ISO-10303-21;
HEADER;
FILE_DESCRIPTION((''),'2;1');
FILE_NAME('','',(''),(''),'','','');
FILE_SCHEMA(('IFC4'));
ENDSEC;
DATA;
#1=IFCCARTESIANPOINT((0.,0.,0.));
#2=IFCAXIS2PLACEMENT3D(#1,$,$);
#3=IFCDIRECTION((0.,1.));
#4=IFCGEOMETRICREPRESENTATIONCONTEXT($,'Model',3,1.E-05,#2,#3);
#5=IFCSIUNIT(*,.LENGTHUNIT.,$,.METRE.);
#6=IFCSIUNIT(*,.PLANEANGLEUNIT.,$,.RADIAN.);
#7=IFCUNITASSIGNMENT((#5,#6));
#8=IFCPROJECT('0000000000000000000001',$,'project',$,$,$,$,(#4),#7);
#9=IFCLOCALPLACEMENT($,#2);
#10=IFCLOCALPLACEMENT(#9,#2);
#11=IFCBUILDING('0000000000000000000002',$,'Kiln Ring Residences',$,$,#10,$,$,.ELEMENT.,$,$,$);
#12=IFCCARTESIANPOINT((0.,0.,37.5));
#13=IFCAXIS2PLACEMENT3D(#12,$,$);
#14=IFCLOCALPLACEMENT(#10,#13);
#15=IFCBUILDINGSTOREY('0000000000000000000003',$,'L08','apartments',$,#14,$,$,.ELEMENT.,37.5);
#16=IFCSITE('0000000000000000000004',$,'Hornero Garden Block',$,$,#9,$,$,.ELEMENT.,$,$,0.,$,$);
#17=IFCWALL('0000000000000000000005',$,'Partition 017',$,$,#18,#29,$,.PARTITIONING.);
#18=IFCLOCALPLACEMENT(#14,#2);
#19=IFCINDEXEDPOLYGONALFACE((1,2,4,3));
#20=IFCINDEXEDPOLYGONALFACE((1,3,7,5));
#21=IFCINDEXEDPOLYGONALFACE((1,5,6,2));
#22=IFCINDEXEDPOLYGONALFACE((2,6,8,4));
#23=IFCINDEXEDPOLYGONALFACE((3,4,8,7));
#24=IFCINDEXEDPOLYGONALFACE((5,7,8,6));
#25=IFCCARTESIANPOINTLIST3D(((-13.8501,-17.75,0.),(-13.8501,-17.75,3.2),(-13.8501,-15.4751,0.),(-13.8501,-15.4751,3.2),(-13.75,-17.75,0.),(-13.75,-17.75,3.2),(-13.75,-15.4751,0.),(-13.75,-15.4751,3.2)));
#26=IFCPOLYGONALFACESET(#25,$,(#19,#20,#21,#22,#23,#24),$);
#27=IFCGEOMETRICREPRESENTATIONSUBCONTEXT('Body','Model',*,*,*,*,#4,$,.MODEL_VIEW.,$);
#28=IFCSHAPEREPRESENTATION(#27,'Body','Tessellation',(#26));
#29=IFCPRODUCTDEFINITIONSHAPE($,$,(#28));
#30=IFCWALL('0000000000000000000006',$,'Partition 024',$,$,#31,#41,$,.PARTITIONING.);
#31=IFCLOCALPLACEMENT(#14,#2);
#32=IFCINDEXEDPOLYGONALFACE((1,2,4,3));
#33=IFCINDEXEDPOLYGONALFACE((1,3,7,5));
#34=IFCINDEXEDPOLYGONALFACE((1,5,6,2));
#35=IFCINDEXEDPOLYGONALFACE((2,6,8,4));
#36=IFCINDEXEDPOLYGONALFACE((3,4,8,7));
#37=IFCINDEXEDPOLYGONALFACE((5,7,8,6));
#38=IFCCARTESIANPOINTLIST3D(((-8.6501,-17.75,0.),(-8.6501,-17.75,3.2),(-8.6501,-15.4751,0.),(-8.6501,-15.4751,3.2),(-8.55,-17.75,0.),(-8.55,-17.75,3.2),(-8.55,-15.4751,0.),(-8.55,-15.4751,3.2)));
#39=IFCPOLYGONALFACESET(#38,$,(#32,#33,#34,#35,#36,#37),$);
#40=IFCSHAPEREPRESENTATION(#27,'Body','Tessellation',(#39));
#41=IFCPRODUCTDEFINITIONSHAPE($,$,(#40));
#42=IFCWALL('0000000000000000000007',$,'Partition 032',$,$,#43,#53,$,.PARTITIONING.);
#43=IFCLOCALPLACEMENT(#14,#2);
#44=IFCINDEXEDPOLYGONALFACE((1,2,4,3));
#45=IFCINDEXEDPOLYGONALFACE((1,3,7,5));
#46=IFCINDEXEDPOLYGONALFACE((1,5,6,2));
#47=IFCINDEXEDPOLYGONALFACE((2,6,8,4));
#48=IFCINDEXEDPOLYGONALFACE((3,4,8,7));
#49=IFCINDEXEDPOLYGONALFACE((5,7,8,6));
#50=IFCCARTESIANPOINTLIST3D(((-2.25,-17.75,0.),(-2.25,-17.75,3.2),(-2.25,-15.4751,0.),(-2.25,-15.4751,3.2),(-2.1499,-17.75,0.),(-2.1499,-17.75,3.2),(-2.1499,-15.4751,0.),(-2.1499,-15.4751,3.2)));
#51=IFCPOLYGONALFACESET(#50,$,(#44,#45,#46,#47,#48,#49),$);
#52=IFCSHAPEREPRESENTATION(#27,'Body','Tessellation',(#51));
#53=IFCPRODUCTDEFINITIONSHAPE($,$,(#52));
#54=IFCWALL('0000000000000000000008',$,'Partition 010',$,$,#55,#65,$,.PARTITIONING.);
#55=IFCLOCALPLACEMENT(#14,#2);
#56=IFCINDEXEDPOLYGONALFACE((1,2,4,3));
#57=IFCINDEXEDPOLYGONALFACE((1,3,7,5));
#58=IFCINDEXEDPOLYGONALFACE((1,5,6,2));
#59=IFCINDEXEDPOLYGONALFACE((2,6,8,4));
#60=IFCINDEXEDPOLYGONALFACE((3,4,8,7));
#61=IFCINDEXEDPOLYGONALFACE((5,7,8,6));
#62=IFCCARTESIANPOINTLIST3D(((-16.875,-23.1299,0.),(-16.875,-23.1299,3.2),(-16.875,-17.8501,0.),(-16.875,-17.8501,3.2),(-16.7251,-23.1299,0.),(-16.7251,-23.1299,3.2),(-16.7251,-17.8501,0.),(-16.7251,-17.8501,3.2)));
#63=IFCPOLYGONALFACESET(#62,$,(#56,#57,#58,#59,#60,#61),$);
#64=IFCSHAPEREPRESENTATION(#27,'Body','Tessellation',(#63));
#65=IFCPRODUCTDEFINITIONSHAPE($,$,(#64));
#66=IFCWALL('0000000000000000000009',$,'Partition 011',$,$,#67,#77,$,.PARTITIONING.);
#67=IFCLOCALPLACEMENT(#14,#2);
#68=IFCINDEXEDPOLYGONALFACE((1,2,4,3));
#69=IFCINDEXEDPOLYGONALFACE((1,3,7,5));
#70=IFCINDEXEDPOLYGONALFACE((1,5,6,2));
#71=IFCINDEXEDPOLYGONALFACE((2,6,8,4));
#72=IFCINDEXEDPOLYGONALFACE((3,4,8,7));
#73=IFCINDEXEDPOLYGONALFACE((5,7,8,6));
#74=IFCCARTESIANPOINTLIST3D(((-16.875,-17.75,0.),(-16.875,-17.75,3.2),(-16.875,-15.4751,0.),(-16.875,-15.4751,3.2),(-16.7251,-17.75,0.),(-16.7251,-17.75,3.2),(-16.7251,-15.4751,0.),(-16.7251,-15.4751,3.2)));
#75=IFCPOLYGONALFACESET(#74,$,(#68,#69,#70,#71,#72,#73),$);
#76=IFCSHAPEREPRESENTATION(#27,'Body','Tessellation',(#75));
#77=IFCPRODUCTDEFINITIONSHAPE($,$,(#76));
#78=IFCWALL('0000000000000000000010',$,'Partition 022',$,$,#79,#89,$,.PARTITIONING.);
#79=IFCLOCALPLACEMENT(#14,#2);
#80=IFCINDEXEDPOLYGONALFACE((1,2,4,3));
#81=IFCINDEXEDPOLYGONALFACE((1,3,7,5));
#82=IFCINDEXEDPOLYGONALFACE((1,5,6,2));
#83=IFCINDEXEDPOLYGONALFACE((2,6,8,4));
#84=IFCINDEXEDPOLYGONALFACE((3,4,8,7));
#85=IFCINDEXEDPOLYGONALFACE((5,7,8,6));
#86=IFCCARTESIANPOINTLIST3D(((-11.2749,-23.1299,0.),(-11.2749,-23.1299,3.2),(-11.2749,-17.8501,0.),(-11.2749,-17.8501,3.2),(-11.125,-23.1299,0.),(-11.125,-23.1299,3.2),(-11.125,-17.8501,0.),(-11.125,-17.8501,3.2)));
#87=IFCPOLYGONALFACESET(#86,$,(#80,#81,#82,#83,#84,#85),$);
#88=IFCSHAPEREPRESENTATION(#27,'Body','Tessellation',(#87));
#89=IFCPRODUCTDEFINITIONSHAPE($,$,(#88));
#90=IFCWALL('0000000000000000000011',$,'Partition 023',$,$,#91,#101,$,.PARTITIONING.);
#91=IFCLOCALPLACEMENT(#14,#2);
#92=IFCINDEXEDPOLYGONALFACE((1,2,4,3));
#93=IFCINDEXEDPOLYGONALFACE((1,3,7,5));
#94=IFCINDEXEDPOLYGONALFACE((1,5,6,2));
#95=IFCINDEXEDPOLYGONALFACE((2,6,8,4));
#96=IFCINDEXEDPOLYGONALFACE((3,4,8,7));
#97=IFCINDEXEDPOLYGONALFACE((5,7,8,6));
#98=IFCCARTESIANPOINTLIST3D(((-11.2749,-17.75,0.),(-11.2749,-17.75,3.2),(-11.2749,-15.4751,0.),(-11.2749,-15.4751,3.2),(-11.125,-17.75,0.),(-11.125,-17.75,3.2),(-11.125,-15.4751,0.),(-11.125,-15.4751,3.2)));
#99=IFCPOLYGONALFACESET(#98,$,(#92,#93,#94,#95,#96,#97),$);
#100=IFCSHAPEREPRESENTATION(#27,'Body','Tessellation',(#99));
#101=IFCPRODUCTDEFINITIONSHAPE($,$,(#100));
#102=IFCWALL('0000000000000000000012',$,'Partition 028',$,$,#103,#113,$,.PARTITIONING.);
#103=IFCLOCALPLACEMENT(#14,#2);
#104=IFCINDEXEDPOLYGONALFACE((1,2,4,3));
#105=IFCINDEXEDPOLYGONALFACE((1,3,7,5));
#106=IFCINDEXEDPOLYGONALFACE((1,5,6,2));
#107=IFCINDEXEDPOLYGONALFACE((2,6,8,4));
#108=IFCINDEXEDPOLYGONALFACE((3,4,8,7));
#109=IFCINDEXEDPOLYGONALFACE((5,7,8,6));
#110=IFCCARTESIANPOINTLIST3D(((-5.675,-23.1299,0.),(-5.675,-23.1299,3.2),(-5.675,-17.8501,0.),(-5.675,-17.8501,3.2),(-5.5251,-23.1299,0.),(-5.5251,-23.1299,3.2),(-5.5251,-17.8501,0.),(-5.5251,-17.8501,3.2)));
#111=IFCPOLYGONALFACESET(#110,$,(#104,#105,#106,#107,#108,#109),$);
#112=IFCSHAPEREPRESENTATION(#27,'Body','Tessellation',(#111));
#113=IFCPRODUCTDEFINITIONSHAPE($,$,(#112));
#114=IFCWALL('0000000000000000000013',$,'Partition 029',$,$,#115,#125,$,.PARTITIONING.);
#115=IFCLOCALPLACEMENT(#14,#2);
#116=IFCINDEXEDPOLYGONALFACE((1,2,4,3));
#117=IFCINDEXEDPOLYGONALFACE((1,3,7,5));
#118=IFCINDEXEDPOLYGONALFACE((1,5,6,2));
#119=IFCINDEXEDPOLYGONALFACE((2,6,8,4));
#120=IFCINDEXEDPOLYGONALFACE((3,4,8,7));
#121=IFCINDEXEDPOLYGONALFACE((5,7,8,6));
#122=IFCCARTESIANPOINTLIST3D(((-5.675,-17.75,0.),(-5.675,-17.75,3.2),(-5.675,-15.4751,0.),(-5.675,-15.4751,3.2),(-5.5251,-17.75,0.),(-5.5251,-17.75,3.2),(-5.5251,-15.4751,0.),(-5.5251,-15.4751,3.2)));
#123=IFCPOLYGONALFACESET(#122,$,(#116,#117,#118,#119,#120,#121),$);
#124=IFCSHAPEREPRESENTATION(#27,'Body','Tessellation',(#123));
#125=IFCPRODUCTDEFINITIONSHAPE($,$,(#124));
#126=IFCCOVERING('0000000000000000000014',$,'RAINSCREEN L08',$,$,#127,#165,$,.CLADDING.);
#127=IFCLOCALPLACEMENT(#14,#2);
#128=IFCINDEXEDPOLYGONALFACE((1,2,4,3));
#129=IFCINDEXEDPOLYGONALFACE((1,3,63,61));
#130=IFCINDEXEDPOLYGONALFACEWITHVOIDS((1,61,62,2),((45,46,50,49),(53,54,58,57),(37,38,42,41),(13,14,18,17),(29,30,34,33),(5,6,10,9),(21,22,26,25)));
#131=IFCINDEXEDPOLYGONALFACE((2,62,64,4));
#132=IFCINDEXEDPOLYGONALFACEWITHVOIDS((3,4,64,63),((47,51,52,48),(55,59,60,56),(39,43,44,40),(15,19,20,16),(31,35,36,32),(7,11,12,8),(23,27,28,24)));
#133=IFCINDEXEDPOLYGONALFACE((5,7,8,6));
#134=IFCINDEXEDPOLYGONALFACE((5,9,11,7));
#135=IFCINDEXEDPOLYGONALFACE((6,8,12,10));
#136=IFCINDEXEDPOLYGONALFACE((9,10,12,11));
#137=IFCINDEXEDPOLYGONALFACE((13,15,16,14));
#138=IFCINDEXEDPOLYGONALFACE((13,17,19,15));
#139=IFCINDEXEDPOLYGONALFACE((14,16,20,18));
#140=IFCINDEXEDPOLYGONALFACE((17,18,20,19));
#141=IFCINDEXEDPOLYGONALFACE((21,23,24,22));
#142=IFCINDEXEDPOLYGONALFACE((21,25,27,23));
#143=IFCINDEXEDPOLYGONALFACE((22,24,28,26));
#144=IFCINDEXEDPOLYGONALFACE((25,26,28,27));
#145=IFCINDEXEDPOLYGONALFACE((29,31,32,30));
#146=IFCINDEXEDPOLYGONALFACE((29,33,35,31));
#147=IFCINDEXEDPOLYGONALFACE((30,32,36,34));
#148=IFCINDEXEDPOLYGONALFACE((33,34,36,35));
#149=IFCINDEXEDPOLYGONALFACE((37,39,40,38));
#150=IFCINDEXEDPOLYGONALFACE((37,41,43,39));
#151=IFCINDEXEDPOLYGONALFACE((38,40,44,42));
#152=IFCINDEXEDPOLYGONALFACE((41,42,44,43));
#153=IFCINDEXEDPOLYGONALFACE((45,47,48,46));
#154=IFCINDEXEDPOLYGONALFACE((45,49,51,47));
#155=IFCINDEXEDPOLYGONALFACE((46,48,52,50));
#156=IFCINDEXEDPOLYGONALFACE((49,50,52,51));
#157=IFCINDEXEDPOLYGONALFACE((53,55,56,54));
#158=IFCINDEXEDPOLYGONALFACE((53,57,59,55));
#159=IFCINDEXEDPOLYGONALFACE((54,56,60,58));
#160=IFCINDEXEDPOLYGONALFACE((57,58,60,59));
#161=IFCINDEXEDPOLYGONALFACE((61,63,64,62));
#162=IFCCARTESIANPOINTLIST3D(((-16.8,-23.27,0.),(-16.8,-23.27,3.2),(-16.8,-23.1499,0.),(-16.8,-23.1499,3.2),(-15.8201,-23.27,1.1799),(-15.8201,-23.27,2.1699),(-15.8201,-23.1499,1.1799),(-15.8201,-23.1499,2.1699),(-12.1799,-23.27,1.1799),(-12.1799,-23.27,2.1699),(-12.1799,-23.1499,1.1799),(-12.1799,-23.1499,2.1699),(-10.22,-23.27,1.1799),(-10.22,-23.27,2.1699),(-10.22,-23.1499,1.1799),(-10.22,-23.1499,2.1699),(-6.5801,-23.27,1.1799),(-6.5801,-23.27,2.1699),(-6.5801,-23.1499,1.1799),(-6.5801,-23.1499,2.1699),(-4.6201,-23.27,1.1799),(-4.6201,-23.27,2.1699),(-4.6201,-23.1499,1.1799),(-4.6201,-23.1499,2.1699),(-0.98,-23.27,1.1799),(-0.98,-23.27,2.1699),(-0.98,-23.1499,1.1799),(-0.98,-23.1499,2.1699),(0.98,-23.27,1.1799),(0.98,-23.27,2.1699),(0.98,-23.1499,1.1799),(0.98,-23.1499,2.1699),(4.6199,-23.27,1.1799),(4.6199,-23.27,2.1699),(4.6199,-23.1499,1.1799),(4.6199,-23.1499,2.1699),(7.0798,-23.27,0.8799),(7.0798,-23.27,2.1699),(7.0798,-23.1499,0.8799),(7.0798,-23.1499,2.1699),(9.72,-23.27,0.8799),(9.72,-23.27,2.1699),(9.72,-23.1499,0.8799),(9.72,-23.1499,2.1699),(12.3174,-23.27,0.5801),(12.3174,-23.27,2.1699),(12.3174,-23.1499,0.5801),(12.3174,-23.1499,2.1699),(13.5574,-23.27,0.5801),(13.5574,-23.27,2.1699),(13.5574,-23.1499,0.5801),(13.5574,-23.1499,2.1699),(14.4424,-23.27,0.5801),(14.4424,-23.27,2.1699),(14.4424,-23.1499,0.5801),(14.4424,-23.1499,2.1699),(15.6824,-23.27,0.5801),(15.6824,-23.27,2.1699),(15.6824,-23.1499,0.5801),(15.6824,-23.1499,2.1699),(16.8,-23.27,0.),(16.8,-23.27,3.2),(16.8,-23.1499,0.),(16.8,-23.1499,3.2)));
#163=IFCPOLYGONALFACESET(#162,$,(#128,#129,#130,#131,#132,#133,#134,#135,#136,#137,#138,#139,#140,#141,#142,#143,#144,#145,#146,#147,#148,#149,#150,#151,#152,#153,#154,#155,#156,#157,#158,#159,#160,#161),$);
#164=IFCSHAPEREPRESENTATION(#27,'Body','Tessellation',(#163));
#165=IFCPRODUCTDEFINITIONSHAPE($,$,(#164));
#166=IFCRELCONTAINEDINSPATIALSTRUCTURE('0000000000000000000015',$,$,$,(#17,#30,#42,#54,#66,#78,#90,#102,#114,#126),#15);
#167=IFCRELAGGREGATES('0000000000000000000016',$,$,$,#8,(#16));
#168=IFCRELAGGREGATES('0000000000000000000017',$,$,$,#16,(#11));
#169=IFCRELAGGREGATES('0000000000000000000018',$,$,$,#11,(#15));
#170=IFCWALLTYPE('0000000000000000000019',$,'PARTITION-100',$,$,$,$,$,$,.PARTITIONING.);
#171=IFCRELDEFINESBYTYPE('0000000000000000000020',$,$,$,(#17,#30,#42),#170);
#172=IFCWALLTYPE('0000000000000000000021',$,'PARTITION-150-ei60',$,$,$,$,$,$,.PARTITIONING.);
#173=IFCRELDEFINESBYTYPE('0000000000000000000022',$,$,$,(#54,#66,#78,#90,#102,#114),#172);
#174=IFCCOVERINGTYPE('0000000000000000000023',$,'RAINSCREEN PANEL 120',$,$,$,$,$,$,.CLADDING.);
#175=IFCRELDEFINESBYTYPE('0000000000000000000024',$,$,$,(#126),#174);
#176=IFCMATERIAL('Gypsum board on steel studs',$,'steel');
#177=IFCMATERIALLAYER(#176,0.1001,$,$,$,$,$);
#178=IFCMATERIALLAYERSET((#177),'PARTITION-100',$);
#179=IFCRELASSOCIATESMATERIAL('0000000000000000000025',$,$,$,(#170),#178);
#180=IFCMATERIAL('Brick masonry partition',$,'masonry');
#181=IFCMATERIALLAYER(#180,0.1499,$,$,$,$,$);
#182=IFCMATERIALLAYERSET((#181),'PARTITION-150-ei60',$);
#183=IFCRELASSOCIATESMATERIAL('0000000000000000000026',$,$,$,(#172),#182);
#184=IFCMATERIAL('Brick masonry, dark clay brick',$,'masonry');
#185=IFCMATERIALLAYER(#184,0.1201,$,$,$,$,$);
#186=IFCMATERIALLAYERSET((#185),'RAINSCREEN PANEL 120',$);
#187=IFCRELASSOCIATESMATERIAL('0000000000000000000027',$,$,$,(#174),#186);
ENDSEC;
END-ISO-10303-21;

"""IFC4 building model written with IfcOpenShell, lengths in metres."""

from ifc_helpers import new_model, si_unit, direction, frame, frame_2d, origin, place, context, subcontext, project, spatial, polyline, rectangle, outline, extrude, material, layer, layer_set, type_object, element, save


model = new_model("IFC4")

# Units and contexts
model_context = context("Model", 3, precision=1e-05, world=origin(), true_north=direction((0.0, 1.0)))
body_context = subcontext(model_context, "Body", "Model", "MODEL_VIEW")
ifc_project = project(units=[si_unit("LENGTHUNIT", "METRE"), si_unit("PLANEANGLEUNIT", "RADIAN")], contexts=[model_context])

# Site, building, storey
site_placement = place(None, origin())
site = spatial("IfcSite", under=ifc_project, at=site_placement, Name="Hornero Garden Block", CompositionType="ELEMENT", RefElevation=0.0)
building_placement = place(site_placement, origin())
building = spatial("IfcBuilding", under=site, at=building_placement, Name="Kiln Ring Residences", CompositionType="ELEMENT")
storey_placement = place(building_placement, frame((0.0, 0.0, 37.5)))
storey = spatial("IfcBuildingStorey", under=building, at=storey_placement, Name="L08", Description="apartments", CompositionType="ELEMENT", Elevation=37.5)

# Walls
ifc_material_1 = material(Name="Gypsum board on steel studs", Category="steel")
ifc_layer_1 = layer(ifc_material_1, 0.1001)
ifc_layer_set_1 = layer_set([ifc_layer_1], Name="PARTITION-100")
wall_type_1 = type_object("IfcWallType", Name="PARTITION-100", PredefinedType="PARTITIONING", material=ifc_layer_set_1)
for number, where, z_axis, x_axis, name in (
    (1, (-13.8, -17.75, 0.0), (0.0, 0.0, 1.0), (0.0, 1.0, 0.0), "Partition 017"),
    (2, (-8.6001, -17.75, 0.0), (0.0, 0.0, 1.0), (0.0, 1.0, 0.0), "Partition 024"),
    (3, (-2.2, -17.75, 0.0), (0.0, 0.0, 1.0), (0.0, 1.0, 0.0), "Partition 032"),
):
    element("IfcWall", number, at=place(storey_placement, frame(where, z_axis=z_axis, x_axis=x_axis)), inside=storey, type_object=wall_type_1, Name=name, PredefinedType="PARTITIONING", context=body_context, shape_type="SweptSolid", body=[
        extrude(rectangle(XDim=2.2749, YDim=0.1001, at=frame_2d((1.1375, 0.0))), origin(), (0.0, 0.0, 1.0), 3.2),
    ])
ifc_material_2 = material(Name="Brick masonry partition", Category="masonry")
ifc_layer_2 = layer(ifc_material_2, 0.1499)
ifc_layer_set_2 = layer_set([ifc_layer_2], Name="PARTITION-150-ei60")
wall_type_2 = type_object("IfcWallType", Name="PARTITION-150-ei60", PredefinedType="PARTITIONING", material=ifc_layer_set_2)
wall_1_placement = place(storey_placement, frame((-16.8, -23.1299, 0.0), z_axis=(0.0, 0.0, 1.0), x_axis=(0.0, 1.0, 0.0)))
element("IfcWall", 4, at=wall_1_placement, inside=storey, type_object=wall_type_2, Name="Partition 010", PredefinedType="PARTITIONING", context=body_context, shape_type="SweptSolid", body=[
    extrude(rectangle(XDim=5.2798, YDim=0.1499, at=frame_2d((2.6399, 0.0))), origin(), (0.0, 0.0, 1.0), 3.2),
])
wall_2_placement = place(storey_placement, frame((-16.8, -17.75, 0.0), z_axis=(0.0, 0.0, 1.0), x_axis=(0.0, 1.0, 0.0)))
element("IfcWall", 5, at=wall_2_placement, inside=storey, type_object=wall_type_2, Name="Partition 011", PredefinedType="PARTITIONING", context=body_context, shape_type="SweptSolid", body=[
    extrude(rectangle(XDim=2.2749, YDim=0.1499, at=frame_2d((1.1375, 0.0))), origin(), (0.0, 0.0, 1.0), 3.2),
])
wall_3_placement = place(storey_placement, frame((-11.2, -23.1299, 0.0), z_axis=(0.0, 0.0, 1.0), x_axis=(0.0, 1.0, 0.0)))
element("IfcWall", 6, at=wall_3_placement, inside=storey, type_object=wall_type_2, Name="Partition 022", PredefinedType="PARTITIONING", context=body_context, shape_type="SweptSolid", body=[
    extrude(rectangle(XDim=5.2798, YDim=0.1499, at=frame_2d((2.6399, 0.0))), origin(), (0.0, 0.0, 1.0), 3.2),
])
wall_4_placement = place(storey_placement, frame((-11.2, -17.75, 0.0), z_axis=(0.0, 0.0, 1.0), x_axis=(0.0, 1.0, 0.0)))
element("IfcWall", 7, at=wall_4_placement, inside=storey, type_object=wall_type_2, Name="Partition 023", PredefinedType="PARTITIONING", context=body_context, shape_type="SweptSolid", body=[
    extrude(rectangle(XDim=2.2749, YDim=0.1499, at=frame_2d((1.1375, 0.0))), origin(), (0.0, 0.0, 1.0), 3.2),
])
wall_5_placement = place(storey_placement, frame((-5.6001, -23.1299, 0.0), z_axis=(0.0, 0.0, 1.0), x_axis=(0.0, 1.0, 0.0)))
element("IfcWall", 8, at=wall_5_placement, inside=storey, type_object=wall_type_2, Name="Partition 028", PredefinedType="PARTITIONING", context=body_context, shape_type="SweptSolid", body=[
    extrude(rectangle(XDim=5.2798, YDim=0.1499, at=frame_2d((2.6399, 0.0))), origin(), (0.0, 0.0, 1.0), 3.2),
])
wall_6_placement = place(storey_placement, frame((-5.6001, -17.75, 0.0), z_axis=(0.0, 0.0, 1.0), x_axis=(0.0, 1.0, 0.0)))
element("IfcWall", 9, at=wall_6_placement, inside=storey, type_object=wall_type_2, Name="Partition 029", PredefinedType="PARTITIONING", context=body_context, shape_type="SweptSolid", body=[
    extrude(rectangle(XDim=2.2749, YDim=0.1499, at=frame_2d((1.1375, 0.0))), origin(), (0.0, 0.0, 1.0), 3.2),
])

# Covering
ifc_material_3 = material(Name="Brick masonry, dark clay brick", Category="masonry")
ifc_layer_3 = layer(ifc_material_3, 0.1201)
ifc_layer_set_3 = layer_set([ifc_layer_3], Name="RAINSCREEN PANEL 120")
covering_type = type_object("IfcCoveringType", Name="RAINSCREEN PANEL 120", PredefinedType="CLADDING", material=ifc_layer_set_3)
covering_placement = place(storey_placement, frame((-16.8, -23.21, 0.0), z_axis=(0.0, 0.0, 1.0), x_axis=(1.0, 0.0, 0.0)))
element("IfcCovering", 10, at=covering_placement, inside=storey, type_object=covering_type, Name="RAINSCREEN L08", PredefinedType="CLADDING", context=body_context, shape_type="SweptSolid", body=[
    extrude(outline(polyline([(0.0, 0.0), (33.6001, 0.0), (33.6001, 3.2), (0.0, 3.2), (0.0, 0.0)]), holes=[polyline([(30.3574, 0.5801), (30.3574, 2.1699), (29.1174, 2.1699), (29.1174, 0.5801), (30.3574, 0.5801)]), polyline([(31.2424, 0.5801), (32.4824, 0.5801), (32.4824, 2.1699), (31.2424, 2.1699), (31.2424, 0.5801)]), polyline([(23.8799, 0.8799), (26.52, 0.8799), (26.52, 2.1699), (23.8799, 2.1699), (23.8799, 0.8799)]), polyline([(0.98, 1.1799), (4.6201, 1.1799), (4.6201, 2.1699), (0.98, 2.1699), (0.98, 1.1799)]), polyline([(6.5801, 1.1799), (10.22, 1.1799), (10.22, 2.1699), (6.5801, 2.1699), (6.5801, 1.1799)]), polyline([(12.1799, 1.1799), (15.8201, 1.1799), (15.8201, 2.1699), (12.1799, 2.1699), (12.1799, 1.1799)]), polyline([(17.78, 1.1799), (21.4199, 1.1799), (21.4199, 2.1699), (17.78, 2.1699), (17.78, 1.1799)])]), frame((0.0, 0.0601, 0.0), z_axis=(0.0, -1.0, 0.0), x_axis=(1.0, 0.0, 0.0)), (0.0, 0.0, 1.0), 0.1201),
])

save(model, "model.ifc")
